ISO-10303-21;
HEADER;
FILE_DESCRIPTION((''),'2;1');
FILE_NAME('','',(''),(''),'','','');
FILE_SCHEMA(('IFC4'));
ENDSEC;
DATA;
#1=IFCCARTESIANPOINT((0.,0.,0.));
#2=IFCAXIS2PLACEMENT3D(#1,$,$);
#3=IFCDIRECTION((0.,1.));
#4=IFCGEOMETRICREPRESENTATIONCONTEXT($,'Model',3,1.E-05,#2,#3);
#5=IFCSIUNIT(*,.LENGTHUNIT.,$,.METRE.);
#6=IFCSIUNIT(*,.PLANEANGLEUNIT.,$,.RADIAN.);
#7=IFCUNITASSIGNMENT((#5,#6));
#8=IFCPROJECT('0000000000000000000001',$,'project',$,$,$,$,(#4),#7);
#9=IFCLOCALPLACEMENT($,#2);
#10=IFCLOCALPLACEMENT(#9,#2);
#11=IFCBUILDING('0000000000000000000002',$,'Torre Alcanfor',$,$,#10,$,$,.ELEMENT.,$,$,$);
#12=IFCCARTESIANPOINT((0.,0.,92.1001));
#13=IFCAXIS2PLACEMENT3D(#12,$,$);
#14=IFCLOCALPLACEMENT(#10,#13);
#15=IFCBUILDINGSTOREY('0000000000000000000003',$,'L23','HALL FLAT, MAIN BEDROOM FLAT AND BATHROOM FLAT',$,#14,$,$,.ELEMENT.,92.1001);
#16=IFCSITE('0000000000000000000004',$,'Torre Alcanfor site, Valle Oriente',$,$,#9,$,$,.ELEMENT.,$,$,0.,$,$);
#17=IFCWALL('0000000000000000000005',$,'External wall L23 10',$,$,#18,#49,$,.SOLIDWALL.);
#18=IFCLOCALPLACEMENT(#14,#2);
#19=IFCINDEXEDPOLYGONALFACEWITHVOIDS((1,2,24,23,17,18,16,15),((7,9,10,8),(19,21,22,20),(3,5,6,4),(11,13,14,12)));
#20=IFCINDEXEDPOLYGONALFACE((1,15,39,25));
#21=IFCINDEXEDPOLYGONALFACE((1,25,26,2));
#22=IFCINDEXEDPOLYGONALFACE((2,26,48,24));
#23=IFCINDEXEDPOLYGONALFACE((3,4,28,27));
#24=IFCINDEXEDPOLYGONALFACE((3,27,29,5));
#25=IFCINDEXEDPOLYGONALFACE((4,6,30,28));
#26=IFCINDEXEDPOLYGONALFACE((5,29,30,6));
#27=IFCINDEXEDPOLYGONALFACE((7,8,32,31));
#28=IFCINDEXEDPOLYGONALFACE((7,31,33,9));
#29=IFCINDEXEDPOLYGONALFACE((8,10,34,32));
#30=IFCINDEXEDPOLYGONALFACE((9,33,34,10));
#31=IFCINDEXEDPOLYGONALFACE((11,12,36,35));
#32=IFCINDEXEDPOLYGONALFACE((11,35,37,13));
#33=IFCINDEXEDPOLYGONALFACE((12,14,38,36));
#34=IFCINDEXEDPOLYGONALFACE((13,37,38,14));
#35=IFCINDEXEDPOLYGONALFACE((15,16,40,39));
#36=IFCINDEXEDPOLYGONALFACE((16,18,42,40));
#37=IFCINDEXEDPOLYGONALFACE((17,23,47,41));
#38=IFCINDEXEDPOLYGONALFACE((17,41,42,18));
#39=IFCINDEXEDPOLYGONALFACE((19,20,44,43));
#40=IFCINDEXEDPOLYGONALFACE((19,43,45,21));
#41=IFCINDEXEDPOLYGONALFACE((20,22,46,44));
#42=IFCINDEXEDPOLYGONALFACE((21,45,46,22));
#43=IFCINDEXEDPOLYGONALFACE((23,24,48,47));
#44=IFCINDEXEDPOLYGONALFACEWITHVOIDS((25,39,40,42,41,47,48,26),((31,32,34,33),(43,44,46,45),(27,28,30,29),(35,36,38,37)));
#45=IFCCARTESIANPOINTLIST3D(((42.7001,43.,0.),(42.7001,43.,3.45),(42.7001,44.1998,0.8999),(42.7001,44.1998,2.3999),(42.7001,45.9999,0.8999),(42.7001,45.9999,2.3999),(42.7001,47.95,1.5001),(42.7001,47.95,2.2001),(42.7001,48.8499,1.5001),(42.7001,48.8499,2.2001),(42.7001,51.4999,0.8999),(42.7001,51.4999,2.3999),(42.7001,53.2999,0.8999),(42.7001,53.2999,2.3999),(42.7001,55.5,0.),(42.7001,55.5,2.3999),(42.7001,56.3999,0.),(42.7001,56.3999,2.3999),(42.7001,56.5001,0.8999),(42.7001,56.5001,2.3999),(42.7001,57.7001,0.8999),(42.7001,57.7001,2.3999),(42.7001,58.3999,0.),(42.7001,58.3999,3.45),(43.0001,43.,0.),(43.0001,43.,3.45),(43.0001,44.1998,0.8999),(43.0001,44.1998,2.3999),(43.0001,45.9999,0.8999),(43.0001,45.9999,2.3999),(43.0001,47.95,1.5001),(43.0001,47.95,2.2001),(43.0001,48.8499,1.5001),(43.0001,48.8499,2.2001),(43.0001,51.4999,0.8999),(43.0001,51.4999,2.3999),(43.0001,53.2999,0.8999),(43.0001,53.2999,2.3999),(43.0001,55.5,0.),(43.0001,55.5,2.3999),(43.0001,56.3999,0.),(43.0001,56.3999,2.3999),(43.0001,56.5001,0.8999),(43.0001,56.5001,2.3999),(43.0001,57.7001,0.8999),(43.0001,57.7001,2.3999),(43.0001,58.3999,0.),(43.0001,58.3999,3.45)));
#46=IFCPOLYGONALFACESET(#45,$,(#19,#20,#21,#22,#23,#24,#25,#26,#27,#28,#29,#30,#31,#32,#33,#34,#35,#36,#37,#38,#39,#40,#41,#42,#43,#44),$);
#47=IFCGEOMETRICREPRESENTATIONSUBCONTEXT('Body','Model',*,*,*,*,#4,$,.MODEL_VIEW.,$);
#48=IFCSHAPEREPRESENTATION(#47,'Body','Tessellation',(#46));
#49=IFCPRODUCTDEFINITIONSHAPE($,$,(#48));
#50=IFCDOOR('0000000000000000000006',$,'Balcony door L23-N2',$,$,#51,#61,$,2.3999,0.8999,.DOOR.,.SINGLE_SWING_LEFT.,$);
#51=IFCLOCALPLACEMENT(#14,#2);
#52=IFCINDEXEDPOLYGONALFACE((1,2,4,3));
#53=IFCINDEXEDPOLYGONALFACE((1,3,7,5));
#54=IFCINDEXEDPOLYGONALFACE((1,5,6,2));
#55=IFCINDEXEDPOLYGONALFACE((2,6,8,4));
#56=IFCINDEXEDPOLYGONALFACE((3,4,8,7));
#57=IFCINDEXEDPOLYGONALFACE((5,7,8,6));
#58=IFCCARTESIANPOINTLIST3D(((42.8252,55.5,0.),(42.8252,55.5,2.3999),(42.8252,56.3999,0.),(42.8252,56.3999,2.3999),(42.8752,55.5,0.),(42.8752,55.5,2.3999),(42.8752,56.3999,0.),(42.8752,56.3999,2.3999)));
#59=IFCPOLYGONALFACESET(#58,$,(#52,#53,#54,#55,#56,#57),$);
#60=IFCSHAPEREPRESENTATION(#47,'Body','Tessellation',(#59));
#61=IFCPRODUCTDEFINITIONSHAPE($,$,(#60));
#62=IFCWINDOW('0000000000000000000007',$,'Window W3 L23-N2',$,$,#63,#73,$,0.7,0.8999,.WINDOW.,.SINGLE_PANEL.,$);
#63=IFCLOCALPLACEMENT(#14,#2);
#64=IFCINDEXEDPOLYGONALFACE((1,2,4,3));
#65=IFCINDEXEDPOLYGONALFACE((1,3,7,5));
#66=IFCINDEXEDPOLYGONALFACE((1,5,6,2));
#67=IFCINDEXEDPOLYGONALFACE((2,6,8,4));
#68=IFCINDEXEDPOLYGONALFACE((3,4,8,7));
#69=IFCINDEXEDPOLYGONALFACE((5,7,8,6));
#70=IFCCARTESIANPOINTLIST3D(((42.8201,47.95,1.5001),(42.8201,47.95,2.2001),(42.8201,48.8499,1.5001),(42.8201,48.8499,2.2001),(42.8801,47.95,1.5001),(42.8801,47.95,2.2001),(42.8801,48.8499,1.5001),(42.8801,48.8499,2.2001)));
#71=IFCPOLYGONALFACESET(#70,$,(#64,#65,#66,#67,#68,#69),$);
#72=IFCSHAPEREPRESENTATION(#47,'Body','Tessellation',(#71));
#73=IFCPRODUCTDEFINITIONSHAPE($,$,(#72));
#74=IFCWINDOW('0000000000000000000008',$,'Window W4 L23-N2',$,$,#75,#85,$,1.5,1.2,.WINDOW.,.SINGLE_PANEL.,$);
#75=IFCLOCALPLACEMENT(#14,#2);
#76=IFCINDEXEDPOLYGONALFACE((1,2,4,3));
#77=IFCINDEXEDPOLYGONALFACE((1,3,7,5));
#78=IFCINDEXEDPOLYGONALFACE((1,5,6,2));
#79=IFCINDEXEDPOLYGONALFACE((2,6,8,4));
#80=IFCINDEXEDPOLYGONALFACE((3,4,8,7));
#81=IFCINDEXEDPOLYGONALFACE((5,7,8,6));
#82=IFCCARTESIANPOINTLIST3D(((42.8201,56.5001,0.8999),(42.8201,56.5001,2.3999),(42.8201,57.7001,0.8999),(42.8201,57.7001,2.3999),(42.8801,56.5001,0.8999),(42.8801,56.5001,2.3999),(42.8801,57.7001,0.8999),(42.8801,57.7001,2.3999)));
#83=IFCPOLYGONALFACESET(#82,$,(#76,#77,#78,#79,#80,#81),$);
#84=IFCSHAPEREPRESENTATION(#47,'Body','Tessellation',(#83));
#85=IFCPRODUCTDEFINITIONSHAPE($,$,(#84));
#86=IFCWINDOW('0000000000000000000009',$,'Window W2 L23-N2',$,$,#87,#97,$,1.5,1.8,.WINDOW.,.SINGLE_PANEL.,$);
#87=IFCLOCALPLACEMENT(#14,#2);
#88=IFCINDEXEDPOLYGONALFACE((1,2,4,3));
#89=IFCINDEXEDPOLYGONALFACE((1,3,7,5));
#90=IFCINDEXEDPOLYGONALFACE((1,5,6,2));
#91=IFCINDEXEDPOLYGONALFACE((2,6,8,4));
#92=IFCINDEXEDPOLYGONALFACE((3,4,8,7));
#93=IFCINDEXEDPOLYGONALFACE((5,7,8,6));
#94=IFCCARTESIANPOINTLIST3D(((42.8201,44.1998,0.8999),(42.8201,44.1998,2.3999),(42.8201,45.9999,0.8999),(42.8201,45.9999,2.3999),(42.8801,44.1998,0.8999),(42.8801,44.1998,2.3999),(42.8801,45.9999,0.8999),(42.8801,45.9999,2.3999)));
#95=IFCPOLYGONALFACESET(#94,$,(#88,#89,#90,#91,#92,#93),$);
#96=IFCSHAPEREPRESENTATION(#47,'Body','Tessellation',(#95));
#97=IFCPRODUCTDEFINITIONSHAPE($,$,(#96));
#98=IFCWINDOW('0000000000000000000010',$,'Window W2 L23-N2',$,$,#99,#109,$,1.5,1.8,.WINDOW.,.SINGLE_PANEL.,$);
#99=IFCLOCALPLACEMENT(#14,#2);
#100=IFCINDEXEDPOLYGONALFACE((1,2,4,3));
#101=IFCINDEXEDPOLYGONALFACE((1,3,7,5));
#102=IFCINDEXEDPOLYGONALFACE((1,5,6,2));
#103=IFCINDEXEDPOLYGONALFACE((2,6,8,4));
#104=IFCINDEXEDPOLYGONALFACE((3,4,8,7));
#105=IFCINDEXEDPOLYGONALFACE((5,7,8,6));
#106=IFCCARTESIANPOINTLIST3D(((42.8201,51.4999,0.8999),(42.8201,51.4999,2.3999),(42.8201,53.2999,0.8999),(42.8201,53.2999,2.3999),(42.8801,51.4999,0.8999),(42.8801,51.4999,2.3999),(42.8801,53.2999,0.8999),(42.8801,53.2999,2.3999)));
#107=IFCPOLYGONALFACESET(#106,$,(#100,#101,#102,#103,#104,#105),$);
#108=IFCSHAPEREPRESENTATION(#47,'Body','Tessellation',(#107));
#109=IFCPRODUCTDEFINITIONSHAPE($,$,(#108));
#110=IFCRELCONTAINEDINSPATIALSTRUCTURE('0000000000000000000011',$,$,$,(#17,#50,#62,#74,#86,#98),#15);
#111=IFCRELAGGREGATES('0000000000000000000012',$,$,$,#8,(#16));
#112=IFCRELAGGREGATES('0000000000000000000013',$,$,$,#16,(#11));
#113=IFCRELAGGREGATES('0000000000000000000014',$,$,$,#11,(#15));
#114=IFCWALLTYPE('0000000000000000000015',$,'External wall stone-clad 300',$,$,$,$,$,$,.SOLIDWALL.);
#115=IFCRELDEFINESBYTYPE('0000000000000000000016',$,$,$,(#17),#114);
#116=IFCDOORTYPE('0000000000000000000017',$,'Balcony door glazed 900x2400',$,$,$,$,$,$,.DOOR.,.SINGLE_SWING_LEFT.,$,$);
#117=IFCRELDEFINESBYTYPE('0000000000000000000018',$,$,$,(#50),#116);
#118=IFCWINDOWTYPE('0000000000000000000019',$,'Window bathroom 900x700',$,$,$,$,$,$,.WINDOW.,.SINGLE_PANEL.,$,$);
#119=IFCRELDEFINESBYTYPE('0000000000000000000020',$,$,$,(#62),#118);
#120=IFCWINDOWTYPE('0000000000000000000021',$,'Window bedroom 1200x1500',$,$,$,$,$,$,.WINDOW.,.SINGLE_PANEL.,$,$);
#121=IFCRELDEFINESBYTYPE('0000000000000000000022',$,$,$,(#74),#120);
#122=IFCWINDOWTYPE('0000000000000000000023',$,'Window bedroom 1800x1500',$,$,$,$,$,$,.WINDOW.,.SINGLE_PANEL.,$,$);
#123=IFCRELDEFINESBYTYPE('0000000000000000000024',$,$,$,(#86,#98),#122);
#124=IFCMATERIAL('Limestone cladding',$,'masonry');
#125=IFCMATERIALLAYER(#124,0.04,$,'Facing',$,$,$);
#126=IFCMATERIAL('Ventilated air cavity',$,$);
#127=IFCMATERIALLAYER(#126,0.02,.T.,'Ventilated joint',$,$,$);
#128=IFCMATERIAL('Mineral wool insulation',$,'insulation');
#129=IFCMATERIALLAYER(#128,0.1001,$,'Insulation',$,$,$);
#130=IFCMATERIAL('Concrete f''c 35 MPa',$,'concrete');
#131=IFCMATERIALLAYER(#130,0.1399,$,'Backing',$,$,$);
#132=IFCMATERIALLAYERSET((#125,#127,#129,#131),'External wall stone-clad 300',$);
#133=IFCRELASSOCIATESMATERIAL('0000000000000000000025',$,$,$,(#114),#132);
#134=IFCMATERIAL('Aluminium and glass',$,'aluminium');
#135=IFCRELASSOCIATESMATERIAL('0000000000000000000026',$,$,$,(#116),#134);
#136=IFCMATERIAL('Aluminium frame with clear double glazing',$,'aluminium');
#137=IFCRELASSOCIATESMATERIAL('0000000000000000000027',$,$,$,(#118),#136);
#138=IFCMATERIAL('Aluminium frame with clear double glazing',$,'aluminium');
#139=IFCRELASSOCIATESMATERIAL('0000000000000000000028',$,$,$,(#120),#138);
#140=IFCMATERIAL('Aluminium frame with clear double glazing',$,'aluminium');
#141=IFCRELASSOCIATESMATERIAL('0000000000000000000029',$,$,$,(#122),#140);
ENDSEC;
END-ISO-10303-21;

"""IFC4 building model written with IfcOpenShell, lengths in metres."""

from ifc_helpers import new_model, si_unit, direction, frame, frame_2d, origin, place, context, subcontext, project, spatial, rectangle, extrude, material, layer, layer_set, type_object, element, fill, save


model = new_model("IFC4")

# Units and contexts
model_context = context("Model", 3, precision=1e-05, world=origin(), true_north=direction((0.0, 1.0)))
body_context = subcontext(model_context, "Body", "Model", "MODEL_VIEW")
ifc_project = project(units=[si_unit("LENGTHUNIT", "METRE"), si_unit("PLANEANGLEUNIT", "RADIAN")], contexts=[model_context])

# Site, building, storey
site_placement = place(None, origin())
site = spatial("IfcSite", under=ifc_project, at=site_placement, Name="Torre Alcanfor site, Valle Oriente", CompositionType="ELEMENT", RefElevation=0.0)
building_placement = place(site_placement, origin())
building = spatial("IfcBuilding", under=site, at=building_placement, Name="Torre Alcanfor", CompositionType="ELEMENT")
storey_placement = place(building_placement, frame((0.0, 0.0, 92.1001)))
storey = spatial("IfcBuildingStorey", under=building, at=storey_placement, Name="L23", Description="HALL FLAT, MAIN BEDROOM FLAT AND BATHROOM FLAT", CompositionType="ELEMENT", Elevation=92.1001)

# Wall, openings, door, windows
ifc_material_1 = material(Name="Limestone cladding", Category="masonry")
ifc_layer_1 = layer(ifc_material_1, 0.04, Name="Facing")
ifc_material_2 = material(Name="Ventilated air cavity")
ifc_layer_2 = layer(ifc_material_2, 0.02, ventilated=True, Name="Ventilated joint")
ifc_material_3 = material(Name="Mineral wool insulation", Category="insulation")
ifc_layer_3 = layer(ifc_material_3, 0.1001, Name="Insulation")
ifc_material_4 = material(Name="Concrete f'c 35 MPa", Category="concrete")
ifc_layer_4 = layer(ifc_material_4, 0.1399, Name="Backing")
ifc_layer_set_1 = layer_set([ifc_layer_1, ifc_layer_2, ifc_layer_3, ifc_layer_4], Name="External wall stone-clad 300")
wall_type_1 = type_object("IfcWallType", Name="External wall stone-clad 300", PredefinedType="SOLIDWALL", material=ifc_layer_set_1)
ifc_material_5 = material(Name="Aluminium and glass", Category="aluminium")
door_type = type_object("IfcDoorType", Name="Balcony door glazed 900x2400", OperationType="SINGLE_SWING_LEFT", PredefinedType="DOOR", material=ifc_material_5)
ifc_material_6 = material(Name="Aluminium frame with clear double glazing", Category="aluminium")
window_type_1 = type_object("IfcWindowType", Name="Window bathroom 900x700", PartitioningType="SINGLE_PANEL", PredefinedType="WINDOW", material=ifc_material_6)
ifc_material_7 = material(Name="Aluminium frame with clear double glazing", Category="aluminium")
window_type_2 = type_object("IfcWindowType", Name="Window bedroom 1200x1500", PartitioningType="SINGLE_PANEL", PredefinedType="WINDOW", material=ifc_material_7)
ifc_material_8 = material(Name="Aluminium frame with clear double glazing", Category="aluminium")
window_type_3 = type_object("IfcWindowType", Name="Window bedroom 1800x1500", PartitioningType="SINGLE_PANEL", PredefinedType="WINDOW", material=ifc_material_8)
wall_1_placement = place(storey_placement, frame((42.8501, 43.0, 0.0), z_axis=(0.0, 0.0, 1.0), x_axis=(0.0, 1.0, 0.0)))
wall_1 = element("IfcWall", 1, at=wall_1_placement, inside=storey, type_object=wall_type_1, Name="External wall L23 10", PredefinedType="SOLIDWALL", context=body_context, shape_type="SweptSolid", body=[
    extrude(rectangle(XDim=15.3999, YDim=0.3, at=frame_2d((7.7, 0.0))), origin(), (0.0, 0.0, 1.0), 3.45),
])
opening_1_placement = place(wall_1_placement, frame((1.2, 0.0, 0.8999)))
opening_1 = element("IfcOpeningElement", 2, at=opening_1_placement, cuts=wall_1, PredefinedType="OPENING", context=body_context, shape_type="SweptSolid", body=[
    extrude(rectangle(XDim=1.8, YDim=1.5, at=frame_2d((0.8999, 0.75))), frame((0.0, 0.1599, 0.0), z_axis=(0.0, -1.0, 0.0), x_axis=(1.0, 0.0, 0.0)), (0.0, 0.0, 1.0), 0.3201),
])
opening_2_placement = place(wall_1_placement, frame((4.95, 0.0, 1.5)))
opening_2 = element("IfcOpeningElement", 3, at=opening_2_placement, cuts=wall_1, PredefinedType="OPENING", context=body_context, shape_type="SweptSolid", body=[
    extrude(rectangle(XDim=0.8999, YDim=0.7, at=frame_2d((0.45, 0.3501))), frame((0.0, 0.1599, 0.0), z_axis=(0.0, -1.0, 0.0), x_axis=(1.0, 0.0, 0.0)), (0.0, 0.0, 1.0), 0.3201),
])
opening_3_placement = place(wall_1_placement, frame((8.5, 0.0, 0.8999)))
opening_3 = element("IfcOpeningElement", 4, at=opening_3_placement, cuts=wall_1, PredefinedType="OPENING", context=body_context, shape_type="SweptSolid", body=[
    extrude(rectangle(XDim=1.8, YDim=1.5, at=frame_2d((0.8999, 0.75))), frame((0.0, 0.1599, 0.0), z_axis=(0.0, -1.0, 0.0), x_axis=(1.0, 0.0, 0.0)), (0.0, 0.0, 1.0), 0.3201),
])
opening_4_placement = place(wall_1_placement, frame((12.5, 0.0, 0.0)))
opening_4 = element("IfcOpeningElement", 5, at=opening_4_placement, cuts=wall_1, PredefinedType="OPENING", context=body_context, shape_type="SweptSolid", body=[
    extrude(rectangle(XDim=0.8999, YDim=2.3999, at=frame_2d((0.45, 1.2))), frame((0.0, 0.1599, 0.0), z_axis=(0.0, -1.0, 0.0), x_axis=(1.0, 0.0, 0.0)), (0.0, 0.0, 1.0), 0.3201),
])
opening_5_placement = place(wall_1_placement, frame((13.5, 0.0, 0.8999)))
opening_5 = element("IfcOpeningElement", 6, at=opening_5_placement, cuts=wall_1, PredefinedType="OPENING", context=body_context, shape_type="SweptSolid", body=[
    extrude(rectangle(XDim=1.2, YDim=1.5, at=frame_2d((0.6001, 0.75))), frame((0.0, 0.1599, 0.0), z_axis=(0.0, -1.0, 0.0), x_axis=(1.0, 0.0, 0.0)), (0.0, 0.0, 1.0), 0.3201),
])
door_1_placement = place(opening_4_placement, origin())
door_1 = element("IfcDoor", 7, at=door_1_placement, inside=storey, type_object=door_type, Name="Balcony door L23-N2", OperationType="SINGLE_SWING_LEFT", OverallHeight=2.3999, OverallWidth=0.8999, PredefinedType="DOOR", context=body_context, shape_type="SweptSolid", body=[
    extrude(rectangle(XDim=0.8999, YDim=2.3999, at=frame_2d((0.45, 1.2))), frame((0.0, 0.0249, 0.0), z_axis=(0.0, -1.0, 0.0), x_axis=(1.0, 0.0, 0.0)), (0.0, 0.0, 1.0), 0.05),
])
fill(opening_4, door_1)
window_1_placement = place(opening_2_placement, origin())
window_1 = element("IfcWindow", 8, at=window_1_placement, inside=storey, type_object=window_type_1, Name="Window W3 L23-N2", OverallHeight=0.7, OverallWidth=0.8999, PartitioningType="SINGLE_PANEL", PredefinedType="WINDOW", context=body_context, shape_type="SweptSolid", body=[
    extrude(rectangle(XDim=0.8999, YDim=0.7, at=frame_2d((0.45, 0.3501))), frame((0.0, 0.03, 0.0), z_axis=(0.0, -1.0, 0.0), x_axis=(1.0, 0.0, 0.0)), (0.0, 0.0, 1.0), 0.0601),
])
fill(opening_2, window_1)
window_2_placement = place(opening_5_placement, origin())
window_2 = element("IfcWindow", 9, at=window_2_placement, inside=storey, type_object=window_type_2, Name="Window W4 L23-N2", OverallHeight=1.5, OverallWidth=1.2, PartitioningType="SINGLE_PANEL", PredefinedType="WINDOW", context=body_context, shape_type="SweptSolid", body=[
    extrude(rectangle(XDim=1.2, YDim=1.5, at=frame_2d((0.6001, 0.75))), frame((0.0, 0.03, 0.0), z_axis=(0.0, -1.0, 0.0), x_axis=(1.0, 0.0, 0.0)), (0.0, 0.0, 1.0), 0.0601),
])
fill(opening_5, window_2)
window_3_placement = place(opening_1_placement, origin())
window_3 = element("IfcWindow", 10, at=window_3_placement, inside=storey, type_object=window_type_3, Name="Window W2 L23-N2", OverallHeight=1.5, OverallWidth=1.8, PartitioningType="SINGLE_PANEL", PredefinedType="WINDOW", context=body_context, shape_type="SweptSolid", body=[
    extrude(rectangle(XDim=1.8, YDim=1.5, at=frame_2d((0.8999, 0.75))), frame((0.0, 0.03, 0.0), z_axis=(0.0, -1.0, 0.0), x_axis=(1.0, 0.0, 0.0)), (0.0, 0.0, 1.0), 0.0601),
])
fill(opening_1, window_3)
window_4_placement = place(opening_3_placement, origin())
window_4 = element("IfcWindow", 11, at=window_4_placement, inside=storey, type_object=window_type_3, Name="Window W2 L23-N2", OverallHeight=1.5, OverallWidth=1.8, PartitioningType="SINGLE_PANEL", PredefinedType="WINDOW", context=body_context, shape_type="SweptSolid", body=[
    extrude(rectangle(XDim=1.8, YDim=1.5, at=frame_2d((0.8999, 0.75))), frame((0.0, 0.03, 0.0), z_axis=(0.0, -1.0, 0.0), x_axis=(1.0, 0.0, 0.0)), (0.0, 0.0, 1.0), 0.0601),
])
fill(opening_3, window_4)

save(model, "model.ifc")
